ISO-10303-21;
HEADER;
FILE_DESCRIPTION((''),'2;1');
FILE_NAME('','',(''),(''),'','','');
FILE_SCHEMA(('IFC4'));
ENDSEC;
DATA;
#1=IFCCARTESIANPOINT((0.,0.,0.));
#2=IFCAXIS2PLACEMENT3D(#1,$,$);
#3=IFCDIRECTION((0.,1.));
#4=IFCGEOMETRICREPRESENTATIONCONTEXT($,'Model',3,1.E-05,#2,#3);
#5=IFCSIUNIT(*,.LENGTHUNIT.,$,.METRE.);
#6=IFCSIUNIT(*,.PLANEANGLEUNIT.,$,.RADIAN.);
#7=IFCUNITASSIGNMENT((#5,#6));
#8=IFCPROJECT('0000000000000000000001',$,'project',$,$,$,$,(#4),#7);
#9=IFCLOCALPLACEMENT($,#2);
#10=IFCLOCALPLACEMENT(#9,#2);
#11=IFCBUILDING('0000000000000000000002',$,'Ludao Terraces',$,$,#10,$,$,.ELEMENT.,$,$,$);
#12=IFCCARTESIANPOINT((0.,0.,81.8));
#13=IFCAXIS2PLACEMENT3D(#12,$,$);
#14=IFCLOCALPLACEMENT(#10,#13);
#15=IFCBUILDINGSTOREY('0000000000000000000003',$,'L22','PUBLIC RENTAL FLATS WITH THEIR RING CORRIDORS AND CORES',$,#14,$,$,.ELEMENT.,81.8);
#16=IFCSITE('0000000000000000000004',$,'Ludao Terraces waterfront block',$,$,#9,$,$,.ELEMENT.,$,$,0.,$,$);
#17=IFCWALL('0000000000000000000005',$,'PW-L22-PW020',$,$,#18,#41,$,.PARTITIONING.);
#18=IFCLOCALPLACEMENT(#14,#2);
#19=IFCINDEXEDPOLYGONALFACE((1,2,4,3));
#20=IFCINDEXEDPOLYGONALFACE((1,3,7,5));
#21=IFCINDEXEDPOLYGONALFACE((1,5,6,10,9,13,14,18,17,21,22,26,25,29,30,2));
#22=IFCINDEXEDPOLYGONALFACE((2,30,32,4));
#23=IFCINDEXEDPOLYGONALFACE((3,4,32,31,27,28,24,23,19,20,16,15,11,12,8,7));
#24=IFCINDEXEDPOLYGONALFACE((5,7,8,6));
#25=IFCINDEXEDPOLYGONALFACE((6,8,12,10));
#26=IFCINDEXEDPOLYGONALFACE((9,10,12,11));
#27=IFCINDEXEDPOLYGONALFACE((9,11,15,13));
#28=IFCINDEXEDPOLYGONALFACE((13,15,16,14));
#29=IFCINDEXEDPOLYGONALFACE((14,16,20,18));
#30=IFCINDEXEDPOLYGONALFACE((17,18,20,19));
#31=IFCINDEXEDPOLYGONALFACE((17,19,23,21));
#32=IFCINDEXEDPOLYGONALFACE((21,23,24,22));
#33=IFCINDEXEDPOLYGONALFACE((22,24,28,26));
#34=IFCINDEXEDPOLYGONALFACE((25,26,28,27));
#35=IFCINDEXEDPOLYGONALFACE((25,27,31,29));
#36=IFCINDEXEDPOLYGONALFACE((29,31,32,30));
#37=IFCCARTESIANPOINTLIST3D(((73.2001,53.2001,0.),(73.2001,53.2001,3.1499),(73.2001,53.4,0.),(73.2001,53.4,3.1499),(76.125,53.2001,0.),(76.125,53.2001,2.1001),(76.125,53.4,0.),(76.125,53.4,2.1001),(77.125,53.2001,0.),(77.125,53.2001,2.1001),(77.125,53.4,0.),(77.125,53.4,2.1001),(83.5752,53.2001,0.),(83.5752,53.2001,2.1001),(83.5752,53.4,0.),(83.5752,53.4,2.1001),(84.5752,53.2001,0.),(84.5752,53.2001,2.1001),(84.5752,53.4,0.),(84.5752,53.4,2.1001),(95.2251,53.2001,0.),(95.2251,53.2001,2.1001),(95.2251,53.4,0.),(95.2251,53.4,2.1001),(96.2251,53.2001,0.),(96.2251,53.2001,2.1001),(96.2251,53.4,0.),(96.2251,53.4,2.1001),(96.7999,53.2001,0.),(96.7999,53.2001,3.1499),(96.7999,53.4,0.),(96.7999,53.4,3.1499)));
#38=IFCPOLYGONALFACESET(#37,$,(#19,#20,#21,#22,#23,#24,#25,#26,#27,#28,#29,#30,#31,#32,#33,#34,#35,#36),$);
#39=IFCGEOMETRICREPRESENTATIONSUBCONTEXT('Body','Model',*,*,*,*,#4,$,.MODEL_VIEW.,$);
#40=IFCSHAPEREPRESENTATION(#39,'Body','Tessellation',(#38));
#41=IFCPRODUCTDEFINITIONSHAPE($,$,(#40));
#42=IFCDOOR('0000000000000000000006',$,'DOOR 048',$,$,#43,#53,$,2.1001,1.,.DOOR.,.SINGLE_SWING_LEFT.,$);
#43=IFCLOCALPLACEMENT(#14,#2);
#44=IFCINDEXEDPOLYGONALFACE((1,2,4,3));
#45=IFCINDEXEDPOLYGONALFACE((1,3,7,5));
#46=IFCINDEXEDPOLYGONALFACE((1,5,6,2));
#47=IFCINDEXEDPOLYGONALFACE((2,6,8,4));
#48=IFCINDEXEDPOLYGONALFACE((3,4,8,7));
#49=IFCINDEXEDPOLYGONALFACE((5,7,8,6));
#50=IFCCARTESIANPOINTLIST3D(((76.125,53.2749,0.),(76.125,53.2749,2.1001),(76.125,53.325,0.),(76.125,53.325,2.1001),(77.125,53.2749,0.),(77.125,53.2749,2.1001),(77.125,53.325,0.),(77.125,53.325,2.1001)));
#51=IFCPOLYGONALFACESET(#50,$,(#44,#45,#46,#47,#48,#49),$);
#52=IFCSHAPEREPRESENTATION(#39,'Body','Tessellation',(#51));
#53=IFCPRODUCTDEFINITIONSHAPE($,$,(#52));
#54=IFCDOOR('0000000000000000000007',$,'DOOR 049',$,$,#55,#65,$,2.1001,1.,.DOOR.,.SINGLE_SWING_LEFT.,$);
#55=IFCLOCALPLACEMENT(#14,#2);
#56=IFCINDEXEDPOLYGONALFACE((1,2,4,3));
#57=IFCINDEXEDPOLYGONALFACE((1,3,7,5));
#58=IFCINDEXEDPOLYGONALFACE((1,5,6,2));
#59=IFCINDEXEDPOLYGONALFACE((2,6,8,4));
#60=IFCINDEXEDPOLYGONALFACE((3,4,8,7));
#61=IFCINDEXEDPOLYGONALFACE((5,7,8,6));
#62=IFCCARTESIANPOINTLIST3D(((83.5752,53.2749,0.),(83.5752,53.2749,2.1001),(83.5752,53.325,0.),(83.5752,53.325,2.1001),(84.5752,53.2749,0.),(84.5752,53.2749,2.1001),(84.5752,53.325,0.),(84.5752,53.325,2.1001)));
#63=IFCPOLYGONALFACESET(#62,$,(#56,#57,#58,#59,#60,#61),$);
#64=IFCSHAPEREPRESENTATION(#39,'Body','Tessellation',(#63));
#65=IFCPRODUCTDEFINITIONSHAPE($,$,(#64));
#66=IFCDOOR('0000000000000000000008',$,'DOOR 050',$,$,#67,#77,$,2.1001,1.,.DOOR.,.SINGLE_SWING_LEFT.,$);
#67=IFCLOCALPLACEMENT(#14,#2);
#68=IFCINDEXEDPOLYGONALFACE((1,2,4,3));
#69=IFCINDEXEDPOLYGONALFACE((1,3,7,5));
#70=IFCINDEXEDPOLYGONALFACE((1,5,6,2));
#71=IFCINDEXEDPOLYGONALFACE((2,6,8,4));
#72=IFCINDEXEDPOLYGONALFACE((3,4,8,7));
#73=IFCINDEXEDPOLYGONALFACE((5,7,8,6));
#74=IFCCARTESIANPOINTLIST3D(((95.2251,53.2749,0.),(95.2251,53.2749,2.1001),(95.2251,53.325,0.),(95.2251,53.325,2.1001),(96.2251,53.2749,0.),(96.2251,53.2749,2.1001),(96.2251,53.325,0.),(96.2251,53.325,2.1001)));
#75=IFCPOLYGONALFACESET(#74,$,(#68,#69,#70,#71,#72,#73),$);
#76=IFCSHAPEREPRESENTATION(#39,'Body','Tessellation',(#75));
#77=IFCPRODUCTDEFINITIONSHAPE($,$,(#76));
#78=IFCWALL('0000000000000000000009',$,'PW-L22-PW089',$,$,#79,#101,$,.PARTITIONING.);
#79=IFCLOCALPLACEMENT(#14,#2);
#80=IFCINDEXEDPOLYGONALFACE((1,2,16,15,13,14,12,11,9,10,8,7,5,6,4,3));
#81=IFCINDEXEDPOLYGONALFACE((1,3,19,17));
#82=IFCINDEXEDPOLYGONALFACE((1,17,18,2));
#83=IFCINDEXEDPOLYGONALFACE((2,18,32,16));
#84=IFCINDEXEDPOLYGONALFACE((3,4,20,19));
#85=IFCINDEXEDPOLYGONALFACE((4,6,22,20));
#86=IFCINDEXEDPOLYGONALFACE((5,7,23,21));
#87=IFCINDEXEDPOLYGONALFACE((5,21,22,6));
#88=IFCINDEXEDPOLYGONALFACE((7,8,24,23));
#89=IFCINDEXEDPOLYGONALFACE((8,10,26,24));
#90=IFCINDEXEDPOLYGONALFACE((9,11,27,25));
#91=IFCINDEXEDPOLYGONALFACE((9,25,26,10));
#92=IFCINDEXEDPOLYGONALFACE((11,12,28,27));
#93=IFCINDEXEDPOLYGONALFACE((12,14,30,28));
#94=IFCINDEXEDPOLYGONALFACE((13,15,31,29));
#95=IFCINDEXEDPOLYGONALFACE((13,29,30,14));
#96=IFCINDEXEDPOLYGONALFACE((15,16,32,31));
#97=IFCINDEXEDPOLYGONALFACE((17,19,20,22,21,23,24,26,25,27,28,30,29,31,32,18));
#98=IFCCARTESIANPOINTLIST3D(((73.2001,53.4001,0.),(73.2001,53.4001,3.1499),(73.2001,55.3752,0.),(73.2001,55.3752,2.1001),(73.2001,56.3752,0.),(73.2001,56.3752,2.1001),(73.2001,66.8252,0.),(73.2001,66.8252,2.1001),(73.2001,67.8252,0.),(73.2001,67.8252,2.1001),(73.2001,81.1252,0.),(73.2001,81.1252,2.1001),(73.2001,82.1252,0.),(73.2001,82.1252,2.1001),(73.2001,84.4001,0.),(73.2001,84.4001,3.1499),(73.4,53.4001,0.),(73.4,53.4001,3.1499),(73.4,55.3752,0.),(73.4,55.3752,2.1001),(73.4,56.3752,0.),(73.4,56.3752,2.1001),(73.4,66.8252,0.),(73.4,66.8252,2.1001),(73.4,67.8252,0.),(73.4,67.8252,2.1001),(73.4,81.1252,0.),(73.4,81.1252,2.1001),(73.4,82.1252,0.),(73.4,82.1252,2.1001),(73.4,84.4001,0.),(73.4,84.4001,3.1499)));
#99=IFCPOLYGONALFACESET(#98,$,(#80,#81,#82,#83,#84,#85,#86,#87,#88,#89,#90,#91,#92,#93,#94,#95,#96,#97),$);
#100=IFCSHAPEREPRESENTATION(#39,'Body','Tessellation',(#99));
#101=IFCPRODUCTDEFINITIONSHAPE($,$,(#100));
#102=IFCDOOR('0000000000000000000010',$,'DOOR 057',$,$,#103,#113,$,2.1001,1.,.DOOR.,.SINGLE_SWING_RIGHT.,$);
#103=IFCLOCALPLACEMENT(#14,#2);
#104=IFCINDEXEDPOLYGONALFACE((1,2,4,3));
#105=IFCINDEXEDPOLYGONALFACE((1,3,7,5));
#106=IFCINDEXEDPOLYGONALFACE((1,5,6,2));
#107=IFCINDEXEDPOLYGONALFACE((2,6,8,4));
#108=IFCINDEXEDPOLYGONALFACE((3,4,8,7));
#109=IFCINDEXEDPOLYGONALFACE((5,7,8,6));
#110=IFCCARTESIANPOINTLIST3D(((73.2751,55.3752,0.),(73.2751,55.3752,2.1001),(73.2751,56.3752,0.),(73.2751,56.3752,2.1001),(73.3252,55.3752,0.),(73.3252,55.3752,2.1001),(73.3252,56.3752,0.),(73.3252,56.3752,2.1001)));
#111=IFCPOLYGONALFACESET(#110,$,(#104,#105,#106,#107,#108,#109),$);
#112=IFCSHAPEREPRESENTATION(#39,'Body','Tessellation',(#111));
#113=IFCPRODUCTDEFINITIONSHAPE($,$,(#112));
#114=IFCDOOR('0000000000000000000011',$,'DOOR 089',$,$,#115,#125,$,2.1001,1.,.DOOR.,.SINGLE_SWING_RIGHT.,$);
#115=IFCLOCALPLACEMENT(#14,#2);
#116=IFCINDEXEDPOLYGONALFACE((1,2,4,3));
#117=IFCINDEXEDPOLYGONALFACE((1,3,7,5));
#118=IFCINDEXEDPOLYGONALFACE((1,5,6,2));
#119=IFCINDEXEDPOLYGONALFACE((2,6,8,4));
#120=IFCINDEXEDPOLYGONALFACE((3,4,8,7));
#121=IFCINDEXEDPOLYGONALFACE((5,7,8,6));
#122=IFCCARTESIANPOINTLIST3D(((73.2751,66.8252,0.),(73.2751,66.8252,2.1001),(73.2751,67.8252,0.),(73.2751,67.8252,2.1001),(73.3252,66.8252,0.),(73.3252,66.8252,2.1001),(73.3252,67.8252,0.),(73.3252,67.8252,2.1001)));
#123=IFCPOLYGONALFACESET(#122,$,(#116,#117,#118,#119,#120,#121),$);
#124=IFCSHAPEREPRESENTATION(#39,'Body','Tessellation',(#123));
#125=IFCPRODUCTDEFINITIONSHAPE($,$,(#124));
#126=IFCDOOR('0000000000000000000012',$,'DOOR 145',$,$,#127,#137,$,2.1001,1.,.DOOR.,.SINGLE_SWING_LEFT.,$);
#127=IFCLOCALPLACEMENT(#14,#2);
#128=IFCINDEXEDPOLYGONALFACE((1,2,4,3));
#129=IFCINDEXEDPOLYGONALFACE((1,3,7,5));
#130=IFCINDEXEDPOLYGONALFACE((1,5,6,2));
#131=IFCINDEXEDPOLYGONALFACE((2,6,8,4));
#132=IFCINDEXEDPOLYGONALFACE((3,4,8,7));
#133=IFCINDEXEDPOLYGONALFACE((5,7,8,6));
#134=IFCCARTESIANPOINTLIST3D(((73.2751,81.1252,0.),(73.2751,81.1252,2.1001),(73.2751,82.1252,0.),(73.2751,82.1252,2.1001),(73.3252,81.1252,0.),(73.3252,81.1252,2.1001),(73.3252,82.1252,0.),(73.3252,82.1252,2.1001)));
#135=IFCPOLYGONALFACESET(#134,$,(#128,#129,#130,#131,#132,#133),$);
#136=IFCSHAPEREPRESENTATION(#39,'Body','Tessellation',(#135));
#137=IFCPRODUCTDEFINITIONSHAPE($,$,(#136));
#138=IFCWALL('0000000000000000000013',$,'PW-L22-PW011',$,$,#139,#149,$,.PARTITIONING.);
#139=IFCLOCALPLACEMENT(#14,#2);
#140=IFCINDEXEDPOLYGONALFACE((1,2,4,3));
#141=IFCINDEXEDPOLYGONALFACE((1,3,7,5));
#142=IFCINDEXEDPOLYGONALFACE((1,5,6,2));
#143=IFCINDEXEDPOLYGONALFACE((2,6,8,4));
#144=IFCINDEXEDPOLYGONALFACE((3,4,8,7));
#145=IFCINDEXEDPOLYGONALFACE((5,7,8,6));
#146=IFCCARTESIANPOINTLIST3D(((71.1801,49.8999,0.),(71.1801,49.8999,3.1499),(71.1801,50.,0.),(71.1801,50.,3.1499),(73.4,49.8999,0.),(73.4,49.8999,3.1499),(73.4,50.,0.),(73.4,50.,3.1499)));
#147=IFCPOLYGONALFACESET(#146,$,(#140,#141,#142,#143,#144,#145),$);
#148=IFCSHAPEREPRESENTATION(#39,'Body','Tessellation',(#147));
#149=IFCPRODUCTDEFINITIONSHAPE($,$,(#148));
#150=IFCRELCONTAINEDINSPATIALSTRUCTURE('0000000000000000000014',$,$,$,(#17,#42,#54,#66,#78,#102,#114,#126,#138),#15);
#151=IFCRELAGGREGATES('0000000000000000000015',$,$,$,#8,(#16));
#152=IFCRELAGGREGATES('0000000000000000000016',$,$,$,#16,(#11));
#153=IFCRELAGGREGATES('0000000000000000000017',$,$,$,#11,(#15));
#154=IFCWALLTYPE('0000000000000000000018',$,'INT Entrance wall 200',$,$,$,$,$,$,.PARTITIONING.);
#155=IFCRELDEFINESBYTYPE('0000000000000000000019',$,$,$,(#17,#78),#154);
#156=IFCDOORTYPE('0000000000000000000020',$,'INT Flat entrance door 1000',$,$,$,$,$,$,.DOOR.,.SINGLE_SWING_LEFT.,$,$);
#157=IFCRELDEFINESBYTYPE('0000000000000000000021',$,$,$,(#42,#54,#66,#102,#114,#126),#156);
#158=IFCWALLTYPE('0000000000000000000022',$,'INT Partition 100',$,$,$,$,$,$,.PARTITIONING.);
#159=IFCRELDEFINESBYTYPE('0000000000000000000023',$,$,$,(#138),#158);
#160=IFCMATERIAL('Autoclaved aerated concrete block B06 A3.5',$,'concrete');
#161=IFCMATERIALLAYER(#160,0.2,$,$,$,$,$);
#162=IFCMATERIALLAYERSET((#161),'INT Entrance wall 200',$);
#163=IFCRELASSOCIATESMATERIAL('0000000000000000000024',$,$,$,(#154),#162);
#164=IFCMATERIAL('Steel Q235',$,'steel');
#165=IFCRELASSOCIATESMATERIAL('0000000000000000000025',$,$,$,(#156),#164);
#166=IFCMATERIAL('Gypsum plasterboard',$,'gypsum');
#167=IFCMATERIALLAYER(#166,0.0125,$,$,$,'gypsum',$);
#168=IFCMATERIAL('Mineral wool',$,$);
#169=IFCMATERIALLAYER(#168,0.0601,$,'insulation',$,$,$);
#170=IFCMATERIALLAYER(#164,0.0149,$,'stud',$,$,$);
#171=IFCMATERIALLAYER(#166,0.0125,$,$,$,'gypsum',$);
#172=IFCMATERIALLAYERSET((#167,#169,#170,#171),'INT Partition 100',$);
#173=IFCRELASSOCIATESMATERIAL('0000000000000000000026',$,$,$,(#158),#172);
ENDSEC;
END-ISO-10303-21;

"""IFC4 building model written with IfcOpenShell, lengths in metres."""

from ifc_helpers import new_model, si_unit, direction, frame, frame_2d, origin, place, context, subcontext, project, spatial, rectangle, extrude, material, layer, layer_set, type_object, element, fill, save


model = new_model("IFC4")

# Units and contexts
model_context = context("Model", 3, precision=1e-05, world=origin(), true_north=direction((0.0, 1.0)))
body_context = subcontext(model_context, "Body", "Model", "MODEL_VIEW")
ifc_project = project(units=[si_unit("LENGTHUNIT", "METRE"), si_unit("PLANEANGLEUNIT", "RADIAN")], contexts=[model_context])

# Site, building, storey
site_placement = place(None, origin())
site = spatial("IfcSite", under=ifc_project, at=site_placement, Name="Ludao Terraces waterfront block", CompositionType="ELEMENT", RefElevation=0.0)
building_placement = place(site_placement, origin())
building = spatial("IfcBuilding", under=site, at=building_placement, Name="Ludao Terraces", CompositionType="ELEMENT")
storey_placement = place(building_placement, frame((0.0, 0.0, 81.8)))
storey = spatial("IfcBuildingStorey", under=building, at=storey_placement, Name="L22", Description="PUBLIC RENTAL FLATS WITH THEIR RING CORRIDORS AND CORES", CompositionType="ELEMENT", Elevation=81.8)

# Walls, openings, doors
ifc_material_1 = material(Name="Autoclaved aerated concrete block B06 A3.5", Category="concrete")
ifc_layer_1 = layer(ifc_material_1, 0.2)
ifc_layer_set_1 = layer_set([ifc_layer_1], Name="INT Entrance wall 200")
wall_type_1 = type_object("IfcWallType", Name="INT Entrance wall 200", PredefinedType="PARTITIONING", material=ifc_layer_set_1)
wall_1_placement = place(storey_placement, frame((73.2002, 53.3, 0.0), z_axis=(0.0, 0.0, 1.0), x_axis=(1.0, 0.0, 0.0)))
wall_1 = element("IfcWall", 1, at=wall_1_placement, inside=storey, type_object=wall_type_1, Name="PW-L22-PW020", PredefinedType="PARTITIONING", context=body_context, shape_type="SweptSolid", body=[
    extrude(rectangle(XDim=23.5999, YDim=0.2, at=frame_2d((11.7998, 0.0))), origin(), (0.0, 0.0, 1.0), 3.1499),
])
opening_1_placement = place(wall_1_placement, frame((2.9248, 0.0, 0.0)))
opening_1 = element("IfcOpeningElement", 2, at=opening_1_placement, cuts=wall_1, PredefinedType="OPENING", context=body_context, shape_type="SweptSolid", body=[
    extrude(rectangle(XDim=1.0, YDim=2.1001, at=frame_2d((0.5, 1.05))), frame((0.0, 0.1099, 0.0), z_axis=(0.0, -1.0, 0.0), x_axis=(1.0, 0.0, 0.0)), (0.0, 0.0, 1.0), 0.22),
])
opening_2_placement = place(wall_1_placement, frame((10.375, 0.0, 0.0)))
opening_2 = element("IfcOpeningElement", 3, at=opening_2_placement, cuts=wall_1, PredefinedType="OPENING", context=body_context, shape_type="SweptSolid", body=[
    extrude(rectangle(XDim=1.0, YDim=2.1001, at=frame_2d((0.5, 1.05))), frame((0.0, 0.1099, 0.0), z_axis=(0.0, -1.0, 0.0), x_axis=(1.0, 0.0, 0.0)), (0.0, 0.0, 1.0), 0.22),
])
opening_3_placement = place(wall_1_placement, frame((22.0249, 0.0, 0.0)))
opening_3 = element("IfcOpeningElement", 4, at=opening_3_placement, cuts=wall_1, PredefinedType="OPENING", context=body_context, shape_type="SweptSolid", body=[
    extrude(rectangle(XDim=1.0, YDim=2.1001, at=frame_2d((0.5, 1.05))), frame((0.0, 0.1099, 0.0), z_axis=(0.0, -1.0, 0.0), x_axis=(1.0, 0.0, 0.0)), (0.0, 0.0, 1.0), 0.22),
])
ifc_material_2 = material(Name="Steel Q235", Category="steel")
door_type_1 = type_object("IfcDoorType", Name="INT Flat entrance door 1000", OperationType="SINGLE_SWING_LEFT", PredefinedType="DOOR", material=ifc_material_2)
door_1_placement = place(opening_1_placement, origin())
door_1 = element("IfcDoor", 5, at=door_1_placement, inside=storey, type_object=door_type_1, Name="DOOR 048", OperationType="SINGLE_SWING_LEFT", OverallHeight=2.1001, OverallWidth=1.0, PredefinedType="DOOR", context=body_context, shape_type="SweptSolid", body=[
    extrude(rectangle(XDim=1.0, YDim=2.1001, at=frame_2d((0.5, 1.05))), frame((0.0, 0.0249, 0.0), z_axis=(0.0, -1.0, 0.0), x_axis=(1.0, 0.0, 0.0)), (0.0, 0.0, 1.0), 0.05),
])
fill(opening_1, door_1)
door_2_placement = place(opening_2_placement, origin())
door_2 = element("IfcDoor", 6, at=door_2_placement, inside=storey, type_object=door_type_1, Name="DOOR 049", OperationType="SINGLE_SWING_LEFT", OverallHeight=2.1001, OverallWidth=1.0, PredefinedType="DOOR", context=body_context, shape_type="SweptSolid", body=[
    extrude(rectangle(XDim=1.0, YDim=2.1001, at=frame_2d((0.5, 1.05))), frame((0.0, 0.0249, 0.0), z_axis=(0.0, -1.0, 0.0), x_axis=(1.0, 0.0, 0.0)), (0.0, 0.0, 1.0), 0.05),
])
fill(opening_2, door_2)
door_3_placement = place(opening_3_placement, origin())
door_3 = element("IfcDoor", 7, at=door_3_placement, inside=storey, type_object=door_type_1, Name="DOOR 050", OperationType="SINGLE_SWING_LEFT", OverallHeight=2.1001, OverallWidth=1.0, PredefinedType="DOOR", context=body_context, shape_type="SweptSolid", body=[
    extrude(rectangle(XDim=1.0, YDim=2.1001, at=frame_2d((0.5, 1.05))), frame((0.0, 0.0249, 0.0), z_axis=(0.0, -1.0, 0.0), x_axis=(1.0, 0.0, 0.0)), (0.0, 0.0, 1.0), 0.05),
])
fill(opening_3, door_3)
wall_2_placement = place(storey_placement, frame((73.3, 53.4001, 0.0), z_axis=(0.0, 0.0, 1.0), x_axis=(0.0, 1.0, 0.0)))
wall_2 = element("IfcWall", 8, at=wall_2_placement, inside=storey, type_object=wall_type_1, Name="PW-L22-PW089", PredefinedType="PARTITIONING", context=body_context, shape_type="SweptSolid", body=[
    extrude(rectangle(XDim=31.0, YDim=0.2, at=frame_2d((15.5, 0.0))), origin(), (0.0, 0.0, 1.0), 3.1499),
])
opening_4_placement = place(wall_2_placement, frame((1.9751, 0.0, 0.0)))
opening_4 = element("IfcOpeningElement", 9, at=opening_4_placement, cuts=wall_2, PredefinedType="OPENING", context=body_context, shape_type="SweptSolid", body=[
    extrude(rectangle(XDim=1.0, YDim=2.1001, at=frame_2d((0.5, 1.05))), frame((0.0, 0.1099, 0.0), z_axis=(0.0, -1.0, 0.0), x_axis=(1.0, 0.0, 0.0)), (0.0, 0.0, 1.0), 0.22),
])
opening_5_placement = place(wall_2_placement, frame((13.425, 0.0, 0.0)))
opening_5 = element("IfcOpeningElement", 10, at=opening_5_placement, cuts=wall_2, PredefinedType="OPENING", context=body_context, shape_type="SweptSolid", body=[
    extrude(rectangle(XDim=1.0, YDim=2.1001, at=frame_2d((0.5, 1.05))), frame((0.0, 0.1099, 0.0), z_axis=(0.0, -1.0, 0.0), x_axis=(1.0, 0.0, 0.0)), (0.0, 0.0, 1.0), 0.22),
])
opening_6_placement = place(wall_2_placement, frame((27.7251, 0.0, 0.0)))
opening_6 = element("IfcOpeningElement", 11, at=opening_6_placement, cuts=wall_2, PredefinedType="OPENING", context=body_context, shape_type="SweptSolid", body=[
    extrude(rectangle(XDim=1.0, YDim=2.1001, at=frame_2d((0.5, 1.05))), frame((0.0, 0.1099, 0.0), z_axis=(0.0, -1.0, 0.0), x_axis=(1.0, 0.0, 0.0)), (0.0, 0.0, 1.0), 0.22),
])
door_4_placement = place(opening_4_placement, origin())
door_4 = element("IfcDoor", 12, at=door_4_placement, inside=storey, type_object=door_type_1, Name="DOOR 057", OperationType="SINGLE_SWING_RIGHT", OverallHeight=2.1001, OverallWidth=1.0, PredefinedType="DOOR", context=body_context, shape_type="SweptSolid", body=[
    extrude(rectangle(XDim=1.0, YDim=2.1001, at=frame_2d((0.5, 1.05))), frame((0.0, 0.0249, 0.0), z_axis=(0.0, -1.0, 0.0), x_axis=(1.0, 0.0, 0.0)), (0.0, 0.0, 1.0), 0.05),
])
fill(opening_4, door_4)
door_5_placement = place(opening_5_placement, origin())
door_5 = element("IfcDoor", 13, at=door_5_placement, inside=storey, type_object=door_type_1, Name="DOOR 089", OperationType="SINGLE_SWING_RIGHT", OverallHeight=2.1001, OverallWidth=1.0, PredefinedType="DOOR", context=body_context, shape_type="SweptSolid", body=[
    extrude(rectangle(XDim=1.0, YDim=2.1001, at=frame_2d((0.5, 1.05))), frame((0.0, 0.0249, 0.0), z_axis=(0.0, -1.0, 0.0), x_axis=(1.0, 0.0, 0.0)), (0.0, 0.0, 1.0), 0.05),
])
fill(opening_5, door_5)
door_6_placement = place(opening_6_placement, origin())
door_6 = element("IfcDoor", 14, at=door_6_placement, inside=storey, type_object=door_type_1, Name="DOOR 145", OperationType="SINGLE_SWING_LEFT", OverallHeight=2.1001, OverallWidth=1.0, PredefinedType="DOOR", context=body_context, shape_type="SweptSolid", body=[
    extrude(rectangle(XDim=1.0, YDim=2.1001, at=frame_2d((0.5, 1.05))), frame((0.0, 0.0249, 0.0), z_axis=(0.0, -1.0, 0.0), x_axis=(1.0, 0.0, 0.0)), (0.0, 0.0, 1.0), 0.05),
])
fill(opening_6, door_6)

# Wall
ifc_material_3 = material(Name="Gypsum plasterboard", Category="gypsum")
ifc_layer_2 = layer(ifc_material_3, 0.0125, Category="gypsum")
ifc_material_4 = material(Name="Mineral wool")
ifc_layer_3 = layer(ifc_material_4, 0.0601, Name="insulation")
ifc_layer_4 = layer(ifc_material_2, 0.0149, Name="stud")
ifc_layer_5 = layer(ifc_material_3, 0.0125, Category="gypsum")
ifc_layer_set_2 = layer_set([ifc_layer_2, ifc_layer_3, ifc_layer_4, ifc_layer_5], Name="INT Partition 100")
wall_type_2 = type_object("IfcWallType", Name="INT Partition 100", PredefinedType="PARTITIONING", material=ifc_layer_set_2)
wall_3_placement = place(storey_placement, frame((71.1802, 49.95, 0.0), z_axis=(0.0, 0.0, 1.0), x_axis=(1.0, 0.0, 0.0)))
element("IfcWall", 15, at=wall_3_placement, inside=storey, type_object=wall_type_2, Name="PW-L22-PW011", PredefinedType="PARTITIONING", context=body_context, shape_type="SweptSolid", body=[
    extrude(rectangle(XDim=2.22, YDim=0.1001, at=frame_2d((1.1099, 0.0))), origin(), (0.0, 0.0, 1.0), 3.1499),
])

save(model, "model.ifc")
